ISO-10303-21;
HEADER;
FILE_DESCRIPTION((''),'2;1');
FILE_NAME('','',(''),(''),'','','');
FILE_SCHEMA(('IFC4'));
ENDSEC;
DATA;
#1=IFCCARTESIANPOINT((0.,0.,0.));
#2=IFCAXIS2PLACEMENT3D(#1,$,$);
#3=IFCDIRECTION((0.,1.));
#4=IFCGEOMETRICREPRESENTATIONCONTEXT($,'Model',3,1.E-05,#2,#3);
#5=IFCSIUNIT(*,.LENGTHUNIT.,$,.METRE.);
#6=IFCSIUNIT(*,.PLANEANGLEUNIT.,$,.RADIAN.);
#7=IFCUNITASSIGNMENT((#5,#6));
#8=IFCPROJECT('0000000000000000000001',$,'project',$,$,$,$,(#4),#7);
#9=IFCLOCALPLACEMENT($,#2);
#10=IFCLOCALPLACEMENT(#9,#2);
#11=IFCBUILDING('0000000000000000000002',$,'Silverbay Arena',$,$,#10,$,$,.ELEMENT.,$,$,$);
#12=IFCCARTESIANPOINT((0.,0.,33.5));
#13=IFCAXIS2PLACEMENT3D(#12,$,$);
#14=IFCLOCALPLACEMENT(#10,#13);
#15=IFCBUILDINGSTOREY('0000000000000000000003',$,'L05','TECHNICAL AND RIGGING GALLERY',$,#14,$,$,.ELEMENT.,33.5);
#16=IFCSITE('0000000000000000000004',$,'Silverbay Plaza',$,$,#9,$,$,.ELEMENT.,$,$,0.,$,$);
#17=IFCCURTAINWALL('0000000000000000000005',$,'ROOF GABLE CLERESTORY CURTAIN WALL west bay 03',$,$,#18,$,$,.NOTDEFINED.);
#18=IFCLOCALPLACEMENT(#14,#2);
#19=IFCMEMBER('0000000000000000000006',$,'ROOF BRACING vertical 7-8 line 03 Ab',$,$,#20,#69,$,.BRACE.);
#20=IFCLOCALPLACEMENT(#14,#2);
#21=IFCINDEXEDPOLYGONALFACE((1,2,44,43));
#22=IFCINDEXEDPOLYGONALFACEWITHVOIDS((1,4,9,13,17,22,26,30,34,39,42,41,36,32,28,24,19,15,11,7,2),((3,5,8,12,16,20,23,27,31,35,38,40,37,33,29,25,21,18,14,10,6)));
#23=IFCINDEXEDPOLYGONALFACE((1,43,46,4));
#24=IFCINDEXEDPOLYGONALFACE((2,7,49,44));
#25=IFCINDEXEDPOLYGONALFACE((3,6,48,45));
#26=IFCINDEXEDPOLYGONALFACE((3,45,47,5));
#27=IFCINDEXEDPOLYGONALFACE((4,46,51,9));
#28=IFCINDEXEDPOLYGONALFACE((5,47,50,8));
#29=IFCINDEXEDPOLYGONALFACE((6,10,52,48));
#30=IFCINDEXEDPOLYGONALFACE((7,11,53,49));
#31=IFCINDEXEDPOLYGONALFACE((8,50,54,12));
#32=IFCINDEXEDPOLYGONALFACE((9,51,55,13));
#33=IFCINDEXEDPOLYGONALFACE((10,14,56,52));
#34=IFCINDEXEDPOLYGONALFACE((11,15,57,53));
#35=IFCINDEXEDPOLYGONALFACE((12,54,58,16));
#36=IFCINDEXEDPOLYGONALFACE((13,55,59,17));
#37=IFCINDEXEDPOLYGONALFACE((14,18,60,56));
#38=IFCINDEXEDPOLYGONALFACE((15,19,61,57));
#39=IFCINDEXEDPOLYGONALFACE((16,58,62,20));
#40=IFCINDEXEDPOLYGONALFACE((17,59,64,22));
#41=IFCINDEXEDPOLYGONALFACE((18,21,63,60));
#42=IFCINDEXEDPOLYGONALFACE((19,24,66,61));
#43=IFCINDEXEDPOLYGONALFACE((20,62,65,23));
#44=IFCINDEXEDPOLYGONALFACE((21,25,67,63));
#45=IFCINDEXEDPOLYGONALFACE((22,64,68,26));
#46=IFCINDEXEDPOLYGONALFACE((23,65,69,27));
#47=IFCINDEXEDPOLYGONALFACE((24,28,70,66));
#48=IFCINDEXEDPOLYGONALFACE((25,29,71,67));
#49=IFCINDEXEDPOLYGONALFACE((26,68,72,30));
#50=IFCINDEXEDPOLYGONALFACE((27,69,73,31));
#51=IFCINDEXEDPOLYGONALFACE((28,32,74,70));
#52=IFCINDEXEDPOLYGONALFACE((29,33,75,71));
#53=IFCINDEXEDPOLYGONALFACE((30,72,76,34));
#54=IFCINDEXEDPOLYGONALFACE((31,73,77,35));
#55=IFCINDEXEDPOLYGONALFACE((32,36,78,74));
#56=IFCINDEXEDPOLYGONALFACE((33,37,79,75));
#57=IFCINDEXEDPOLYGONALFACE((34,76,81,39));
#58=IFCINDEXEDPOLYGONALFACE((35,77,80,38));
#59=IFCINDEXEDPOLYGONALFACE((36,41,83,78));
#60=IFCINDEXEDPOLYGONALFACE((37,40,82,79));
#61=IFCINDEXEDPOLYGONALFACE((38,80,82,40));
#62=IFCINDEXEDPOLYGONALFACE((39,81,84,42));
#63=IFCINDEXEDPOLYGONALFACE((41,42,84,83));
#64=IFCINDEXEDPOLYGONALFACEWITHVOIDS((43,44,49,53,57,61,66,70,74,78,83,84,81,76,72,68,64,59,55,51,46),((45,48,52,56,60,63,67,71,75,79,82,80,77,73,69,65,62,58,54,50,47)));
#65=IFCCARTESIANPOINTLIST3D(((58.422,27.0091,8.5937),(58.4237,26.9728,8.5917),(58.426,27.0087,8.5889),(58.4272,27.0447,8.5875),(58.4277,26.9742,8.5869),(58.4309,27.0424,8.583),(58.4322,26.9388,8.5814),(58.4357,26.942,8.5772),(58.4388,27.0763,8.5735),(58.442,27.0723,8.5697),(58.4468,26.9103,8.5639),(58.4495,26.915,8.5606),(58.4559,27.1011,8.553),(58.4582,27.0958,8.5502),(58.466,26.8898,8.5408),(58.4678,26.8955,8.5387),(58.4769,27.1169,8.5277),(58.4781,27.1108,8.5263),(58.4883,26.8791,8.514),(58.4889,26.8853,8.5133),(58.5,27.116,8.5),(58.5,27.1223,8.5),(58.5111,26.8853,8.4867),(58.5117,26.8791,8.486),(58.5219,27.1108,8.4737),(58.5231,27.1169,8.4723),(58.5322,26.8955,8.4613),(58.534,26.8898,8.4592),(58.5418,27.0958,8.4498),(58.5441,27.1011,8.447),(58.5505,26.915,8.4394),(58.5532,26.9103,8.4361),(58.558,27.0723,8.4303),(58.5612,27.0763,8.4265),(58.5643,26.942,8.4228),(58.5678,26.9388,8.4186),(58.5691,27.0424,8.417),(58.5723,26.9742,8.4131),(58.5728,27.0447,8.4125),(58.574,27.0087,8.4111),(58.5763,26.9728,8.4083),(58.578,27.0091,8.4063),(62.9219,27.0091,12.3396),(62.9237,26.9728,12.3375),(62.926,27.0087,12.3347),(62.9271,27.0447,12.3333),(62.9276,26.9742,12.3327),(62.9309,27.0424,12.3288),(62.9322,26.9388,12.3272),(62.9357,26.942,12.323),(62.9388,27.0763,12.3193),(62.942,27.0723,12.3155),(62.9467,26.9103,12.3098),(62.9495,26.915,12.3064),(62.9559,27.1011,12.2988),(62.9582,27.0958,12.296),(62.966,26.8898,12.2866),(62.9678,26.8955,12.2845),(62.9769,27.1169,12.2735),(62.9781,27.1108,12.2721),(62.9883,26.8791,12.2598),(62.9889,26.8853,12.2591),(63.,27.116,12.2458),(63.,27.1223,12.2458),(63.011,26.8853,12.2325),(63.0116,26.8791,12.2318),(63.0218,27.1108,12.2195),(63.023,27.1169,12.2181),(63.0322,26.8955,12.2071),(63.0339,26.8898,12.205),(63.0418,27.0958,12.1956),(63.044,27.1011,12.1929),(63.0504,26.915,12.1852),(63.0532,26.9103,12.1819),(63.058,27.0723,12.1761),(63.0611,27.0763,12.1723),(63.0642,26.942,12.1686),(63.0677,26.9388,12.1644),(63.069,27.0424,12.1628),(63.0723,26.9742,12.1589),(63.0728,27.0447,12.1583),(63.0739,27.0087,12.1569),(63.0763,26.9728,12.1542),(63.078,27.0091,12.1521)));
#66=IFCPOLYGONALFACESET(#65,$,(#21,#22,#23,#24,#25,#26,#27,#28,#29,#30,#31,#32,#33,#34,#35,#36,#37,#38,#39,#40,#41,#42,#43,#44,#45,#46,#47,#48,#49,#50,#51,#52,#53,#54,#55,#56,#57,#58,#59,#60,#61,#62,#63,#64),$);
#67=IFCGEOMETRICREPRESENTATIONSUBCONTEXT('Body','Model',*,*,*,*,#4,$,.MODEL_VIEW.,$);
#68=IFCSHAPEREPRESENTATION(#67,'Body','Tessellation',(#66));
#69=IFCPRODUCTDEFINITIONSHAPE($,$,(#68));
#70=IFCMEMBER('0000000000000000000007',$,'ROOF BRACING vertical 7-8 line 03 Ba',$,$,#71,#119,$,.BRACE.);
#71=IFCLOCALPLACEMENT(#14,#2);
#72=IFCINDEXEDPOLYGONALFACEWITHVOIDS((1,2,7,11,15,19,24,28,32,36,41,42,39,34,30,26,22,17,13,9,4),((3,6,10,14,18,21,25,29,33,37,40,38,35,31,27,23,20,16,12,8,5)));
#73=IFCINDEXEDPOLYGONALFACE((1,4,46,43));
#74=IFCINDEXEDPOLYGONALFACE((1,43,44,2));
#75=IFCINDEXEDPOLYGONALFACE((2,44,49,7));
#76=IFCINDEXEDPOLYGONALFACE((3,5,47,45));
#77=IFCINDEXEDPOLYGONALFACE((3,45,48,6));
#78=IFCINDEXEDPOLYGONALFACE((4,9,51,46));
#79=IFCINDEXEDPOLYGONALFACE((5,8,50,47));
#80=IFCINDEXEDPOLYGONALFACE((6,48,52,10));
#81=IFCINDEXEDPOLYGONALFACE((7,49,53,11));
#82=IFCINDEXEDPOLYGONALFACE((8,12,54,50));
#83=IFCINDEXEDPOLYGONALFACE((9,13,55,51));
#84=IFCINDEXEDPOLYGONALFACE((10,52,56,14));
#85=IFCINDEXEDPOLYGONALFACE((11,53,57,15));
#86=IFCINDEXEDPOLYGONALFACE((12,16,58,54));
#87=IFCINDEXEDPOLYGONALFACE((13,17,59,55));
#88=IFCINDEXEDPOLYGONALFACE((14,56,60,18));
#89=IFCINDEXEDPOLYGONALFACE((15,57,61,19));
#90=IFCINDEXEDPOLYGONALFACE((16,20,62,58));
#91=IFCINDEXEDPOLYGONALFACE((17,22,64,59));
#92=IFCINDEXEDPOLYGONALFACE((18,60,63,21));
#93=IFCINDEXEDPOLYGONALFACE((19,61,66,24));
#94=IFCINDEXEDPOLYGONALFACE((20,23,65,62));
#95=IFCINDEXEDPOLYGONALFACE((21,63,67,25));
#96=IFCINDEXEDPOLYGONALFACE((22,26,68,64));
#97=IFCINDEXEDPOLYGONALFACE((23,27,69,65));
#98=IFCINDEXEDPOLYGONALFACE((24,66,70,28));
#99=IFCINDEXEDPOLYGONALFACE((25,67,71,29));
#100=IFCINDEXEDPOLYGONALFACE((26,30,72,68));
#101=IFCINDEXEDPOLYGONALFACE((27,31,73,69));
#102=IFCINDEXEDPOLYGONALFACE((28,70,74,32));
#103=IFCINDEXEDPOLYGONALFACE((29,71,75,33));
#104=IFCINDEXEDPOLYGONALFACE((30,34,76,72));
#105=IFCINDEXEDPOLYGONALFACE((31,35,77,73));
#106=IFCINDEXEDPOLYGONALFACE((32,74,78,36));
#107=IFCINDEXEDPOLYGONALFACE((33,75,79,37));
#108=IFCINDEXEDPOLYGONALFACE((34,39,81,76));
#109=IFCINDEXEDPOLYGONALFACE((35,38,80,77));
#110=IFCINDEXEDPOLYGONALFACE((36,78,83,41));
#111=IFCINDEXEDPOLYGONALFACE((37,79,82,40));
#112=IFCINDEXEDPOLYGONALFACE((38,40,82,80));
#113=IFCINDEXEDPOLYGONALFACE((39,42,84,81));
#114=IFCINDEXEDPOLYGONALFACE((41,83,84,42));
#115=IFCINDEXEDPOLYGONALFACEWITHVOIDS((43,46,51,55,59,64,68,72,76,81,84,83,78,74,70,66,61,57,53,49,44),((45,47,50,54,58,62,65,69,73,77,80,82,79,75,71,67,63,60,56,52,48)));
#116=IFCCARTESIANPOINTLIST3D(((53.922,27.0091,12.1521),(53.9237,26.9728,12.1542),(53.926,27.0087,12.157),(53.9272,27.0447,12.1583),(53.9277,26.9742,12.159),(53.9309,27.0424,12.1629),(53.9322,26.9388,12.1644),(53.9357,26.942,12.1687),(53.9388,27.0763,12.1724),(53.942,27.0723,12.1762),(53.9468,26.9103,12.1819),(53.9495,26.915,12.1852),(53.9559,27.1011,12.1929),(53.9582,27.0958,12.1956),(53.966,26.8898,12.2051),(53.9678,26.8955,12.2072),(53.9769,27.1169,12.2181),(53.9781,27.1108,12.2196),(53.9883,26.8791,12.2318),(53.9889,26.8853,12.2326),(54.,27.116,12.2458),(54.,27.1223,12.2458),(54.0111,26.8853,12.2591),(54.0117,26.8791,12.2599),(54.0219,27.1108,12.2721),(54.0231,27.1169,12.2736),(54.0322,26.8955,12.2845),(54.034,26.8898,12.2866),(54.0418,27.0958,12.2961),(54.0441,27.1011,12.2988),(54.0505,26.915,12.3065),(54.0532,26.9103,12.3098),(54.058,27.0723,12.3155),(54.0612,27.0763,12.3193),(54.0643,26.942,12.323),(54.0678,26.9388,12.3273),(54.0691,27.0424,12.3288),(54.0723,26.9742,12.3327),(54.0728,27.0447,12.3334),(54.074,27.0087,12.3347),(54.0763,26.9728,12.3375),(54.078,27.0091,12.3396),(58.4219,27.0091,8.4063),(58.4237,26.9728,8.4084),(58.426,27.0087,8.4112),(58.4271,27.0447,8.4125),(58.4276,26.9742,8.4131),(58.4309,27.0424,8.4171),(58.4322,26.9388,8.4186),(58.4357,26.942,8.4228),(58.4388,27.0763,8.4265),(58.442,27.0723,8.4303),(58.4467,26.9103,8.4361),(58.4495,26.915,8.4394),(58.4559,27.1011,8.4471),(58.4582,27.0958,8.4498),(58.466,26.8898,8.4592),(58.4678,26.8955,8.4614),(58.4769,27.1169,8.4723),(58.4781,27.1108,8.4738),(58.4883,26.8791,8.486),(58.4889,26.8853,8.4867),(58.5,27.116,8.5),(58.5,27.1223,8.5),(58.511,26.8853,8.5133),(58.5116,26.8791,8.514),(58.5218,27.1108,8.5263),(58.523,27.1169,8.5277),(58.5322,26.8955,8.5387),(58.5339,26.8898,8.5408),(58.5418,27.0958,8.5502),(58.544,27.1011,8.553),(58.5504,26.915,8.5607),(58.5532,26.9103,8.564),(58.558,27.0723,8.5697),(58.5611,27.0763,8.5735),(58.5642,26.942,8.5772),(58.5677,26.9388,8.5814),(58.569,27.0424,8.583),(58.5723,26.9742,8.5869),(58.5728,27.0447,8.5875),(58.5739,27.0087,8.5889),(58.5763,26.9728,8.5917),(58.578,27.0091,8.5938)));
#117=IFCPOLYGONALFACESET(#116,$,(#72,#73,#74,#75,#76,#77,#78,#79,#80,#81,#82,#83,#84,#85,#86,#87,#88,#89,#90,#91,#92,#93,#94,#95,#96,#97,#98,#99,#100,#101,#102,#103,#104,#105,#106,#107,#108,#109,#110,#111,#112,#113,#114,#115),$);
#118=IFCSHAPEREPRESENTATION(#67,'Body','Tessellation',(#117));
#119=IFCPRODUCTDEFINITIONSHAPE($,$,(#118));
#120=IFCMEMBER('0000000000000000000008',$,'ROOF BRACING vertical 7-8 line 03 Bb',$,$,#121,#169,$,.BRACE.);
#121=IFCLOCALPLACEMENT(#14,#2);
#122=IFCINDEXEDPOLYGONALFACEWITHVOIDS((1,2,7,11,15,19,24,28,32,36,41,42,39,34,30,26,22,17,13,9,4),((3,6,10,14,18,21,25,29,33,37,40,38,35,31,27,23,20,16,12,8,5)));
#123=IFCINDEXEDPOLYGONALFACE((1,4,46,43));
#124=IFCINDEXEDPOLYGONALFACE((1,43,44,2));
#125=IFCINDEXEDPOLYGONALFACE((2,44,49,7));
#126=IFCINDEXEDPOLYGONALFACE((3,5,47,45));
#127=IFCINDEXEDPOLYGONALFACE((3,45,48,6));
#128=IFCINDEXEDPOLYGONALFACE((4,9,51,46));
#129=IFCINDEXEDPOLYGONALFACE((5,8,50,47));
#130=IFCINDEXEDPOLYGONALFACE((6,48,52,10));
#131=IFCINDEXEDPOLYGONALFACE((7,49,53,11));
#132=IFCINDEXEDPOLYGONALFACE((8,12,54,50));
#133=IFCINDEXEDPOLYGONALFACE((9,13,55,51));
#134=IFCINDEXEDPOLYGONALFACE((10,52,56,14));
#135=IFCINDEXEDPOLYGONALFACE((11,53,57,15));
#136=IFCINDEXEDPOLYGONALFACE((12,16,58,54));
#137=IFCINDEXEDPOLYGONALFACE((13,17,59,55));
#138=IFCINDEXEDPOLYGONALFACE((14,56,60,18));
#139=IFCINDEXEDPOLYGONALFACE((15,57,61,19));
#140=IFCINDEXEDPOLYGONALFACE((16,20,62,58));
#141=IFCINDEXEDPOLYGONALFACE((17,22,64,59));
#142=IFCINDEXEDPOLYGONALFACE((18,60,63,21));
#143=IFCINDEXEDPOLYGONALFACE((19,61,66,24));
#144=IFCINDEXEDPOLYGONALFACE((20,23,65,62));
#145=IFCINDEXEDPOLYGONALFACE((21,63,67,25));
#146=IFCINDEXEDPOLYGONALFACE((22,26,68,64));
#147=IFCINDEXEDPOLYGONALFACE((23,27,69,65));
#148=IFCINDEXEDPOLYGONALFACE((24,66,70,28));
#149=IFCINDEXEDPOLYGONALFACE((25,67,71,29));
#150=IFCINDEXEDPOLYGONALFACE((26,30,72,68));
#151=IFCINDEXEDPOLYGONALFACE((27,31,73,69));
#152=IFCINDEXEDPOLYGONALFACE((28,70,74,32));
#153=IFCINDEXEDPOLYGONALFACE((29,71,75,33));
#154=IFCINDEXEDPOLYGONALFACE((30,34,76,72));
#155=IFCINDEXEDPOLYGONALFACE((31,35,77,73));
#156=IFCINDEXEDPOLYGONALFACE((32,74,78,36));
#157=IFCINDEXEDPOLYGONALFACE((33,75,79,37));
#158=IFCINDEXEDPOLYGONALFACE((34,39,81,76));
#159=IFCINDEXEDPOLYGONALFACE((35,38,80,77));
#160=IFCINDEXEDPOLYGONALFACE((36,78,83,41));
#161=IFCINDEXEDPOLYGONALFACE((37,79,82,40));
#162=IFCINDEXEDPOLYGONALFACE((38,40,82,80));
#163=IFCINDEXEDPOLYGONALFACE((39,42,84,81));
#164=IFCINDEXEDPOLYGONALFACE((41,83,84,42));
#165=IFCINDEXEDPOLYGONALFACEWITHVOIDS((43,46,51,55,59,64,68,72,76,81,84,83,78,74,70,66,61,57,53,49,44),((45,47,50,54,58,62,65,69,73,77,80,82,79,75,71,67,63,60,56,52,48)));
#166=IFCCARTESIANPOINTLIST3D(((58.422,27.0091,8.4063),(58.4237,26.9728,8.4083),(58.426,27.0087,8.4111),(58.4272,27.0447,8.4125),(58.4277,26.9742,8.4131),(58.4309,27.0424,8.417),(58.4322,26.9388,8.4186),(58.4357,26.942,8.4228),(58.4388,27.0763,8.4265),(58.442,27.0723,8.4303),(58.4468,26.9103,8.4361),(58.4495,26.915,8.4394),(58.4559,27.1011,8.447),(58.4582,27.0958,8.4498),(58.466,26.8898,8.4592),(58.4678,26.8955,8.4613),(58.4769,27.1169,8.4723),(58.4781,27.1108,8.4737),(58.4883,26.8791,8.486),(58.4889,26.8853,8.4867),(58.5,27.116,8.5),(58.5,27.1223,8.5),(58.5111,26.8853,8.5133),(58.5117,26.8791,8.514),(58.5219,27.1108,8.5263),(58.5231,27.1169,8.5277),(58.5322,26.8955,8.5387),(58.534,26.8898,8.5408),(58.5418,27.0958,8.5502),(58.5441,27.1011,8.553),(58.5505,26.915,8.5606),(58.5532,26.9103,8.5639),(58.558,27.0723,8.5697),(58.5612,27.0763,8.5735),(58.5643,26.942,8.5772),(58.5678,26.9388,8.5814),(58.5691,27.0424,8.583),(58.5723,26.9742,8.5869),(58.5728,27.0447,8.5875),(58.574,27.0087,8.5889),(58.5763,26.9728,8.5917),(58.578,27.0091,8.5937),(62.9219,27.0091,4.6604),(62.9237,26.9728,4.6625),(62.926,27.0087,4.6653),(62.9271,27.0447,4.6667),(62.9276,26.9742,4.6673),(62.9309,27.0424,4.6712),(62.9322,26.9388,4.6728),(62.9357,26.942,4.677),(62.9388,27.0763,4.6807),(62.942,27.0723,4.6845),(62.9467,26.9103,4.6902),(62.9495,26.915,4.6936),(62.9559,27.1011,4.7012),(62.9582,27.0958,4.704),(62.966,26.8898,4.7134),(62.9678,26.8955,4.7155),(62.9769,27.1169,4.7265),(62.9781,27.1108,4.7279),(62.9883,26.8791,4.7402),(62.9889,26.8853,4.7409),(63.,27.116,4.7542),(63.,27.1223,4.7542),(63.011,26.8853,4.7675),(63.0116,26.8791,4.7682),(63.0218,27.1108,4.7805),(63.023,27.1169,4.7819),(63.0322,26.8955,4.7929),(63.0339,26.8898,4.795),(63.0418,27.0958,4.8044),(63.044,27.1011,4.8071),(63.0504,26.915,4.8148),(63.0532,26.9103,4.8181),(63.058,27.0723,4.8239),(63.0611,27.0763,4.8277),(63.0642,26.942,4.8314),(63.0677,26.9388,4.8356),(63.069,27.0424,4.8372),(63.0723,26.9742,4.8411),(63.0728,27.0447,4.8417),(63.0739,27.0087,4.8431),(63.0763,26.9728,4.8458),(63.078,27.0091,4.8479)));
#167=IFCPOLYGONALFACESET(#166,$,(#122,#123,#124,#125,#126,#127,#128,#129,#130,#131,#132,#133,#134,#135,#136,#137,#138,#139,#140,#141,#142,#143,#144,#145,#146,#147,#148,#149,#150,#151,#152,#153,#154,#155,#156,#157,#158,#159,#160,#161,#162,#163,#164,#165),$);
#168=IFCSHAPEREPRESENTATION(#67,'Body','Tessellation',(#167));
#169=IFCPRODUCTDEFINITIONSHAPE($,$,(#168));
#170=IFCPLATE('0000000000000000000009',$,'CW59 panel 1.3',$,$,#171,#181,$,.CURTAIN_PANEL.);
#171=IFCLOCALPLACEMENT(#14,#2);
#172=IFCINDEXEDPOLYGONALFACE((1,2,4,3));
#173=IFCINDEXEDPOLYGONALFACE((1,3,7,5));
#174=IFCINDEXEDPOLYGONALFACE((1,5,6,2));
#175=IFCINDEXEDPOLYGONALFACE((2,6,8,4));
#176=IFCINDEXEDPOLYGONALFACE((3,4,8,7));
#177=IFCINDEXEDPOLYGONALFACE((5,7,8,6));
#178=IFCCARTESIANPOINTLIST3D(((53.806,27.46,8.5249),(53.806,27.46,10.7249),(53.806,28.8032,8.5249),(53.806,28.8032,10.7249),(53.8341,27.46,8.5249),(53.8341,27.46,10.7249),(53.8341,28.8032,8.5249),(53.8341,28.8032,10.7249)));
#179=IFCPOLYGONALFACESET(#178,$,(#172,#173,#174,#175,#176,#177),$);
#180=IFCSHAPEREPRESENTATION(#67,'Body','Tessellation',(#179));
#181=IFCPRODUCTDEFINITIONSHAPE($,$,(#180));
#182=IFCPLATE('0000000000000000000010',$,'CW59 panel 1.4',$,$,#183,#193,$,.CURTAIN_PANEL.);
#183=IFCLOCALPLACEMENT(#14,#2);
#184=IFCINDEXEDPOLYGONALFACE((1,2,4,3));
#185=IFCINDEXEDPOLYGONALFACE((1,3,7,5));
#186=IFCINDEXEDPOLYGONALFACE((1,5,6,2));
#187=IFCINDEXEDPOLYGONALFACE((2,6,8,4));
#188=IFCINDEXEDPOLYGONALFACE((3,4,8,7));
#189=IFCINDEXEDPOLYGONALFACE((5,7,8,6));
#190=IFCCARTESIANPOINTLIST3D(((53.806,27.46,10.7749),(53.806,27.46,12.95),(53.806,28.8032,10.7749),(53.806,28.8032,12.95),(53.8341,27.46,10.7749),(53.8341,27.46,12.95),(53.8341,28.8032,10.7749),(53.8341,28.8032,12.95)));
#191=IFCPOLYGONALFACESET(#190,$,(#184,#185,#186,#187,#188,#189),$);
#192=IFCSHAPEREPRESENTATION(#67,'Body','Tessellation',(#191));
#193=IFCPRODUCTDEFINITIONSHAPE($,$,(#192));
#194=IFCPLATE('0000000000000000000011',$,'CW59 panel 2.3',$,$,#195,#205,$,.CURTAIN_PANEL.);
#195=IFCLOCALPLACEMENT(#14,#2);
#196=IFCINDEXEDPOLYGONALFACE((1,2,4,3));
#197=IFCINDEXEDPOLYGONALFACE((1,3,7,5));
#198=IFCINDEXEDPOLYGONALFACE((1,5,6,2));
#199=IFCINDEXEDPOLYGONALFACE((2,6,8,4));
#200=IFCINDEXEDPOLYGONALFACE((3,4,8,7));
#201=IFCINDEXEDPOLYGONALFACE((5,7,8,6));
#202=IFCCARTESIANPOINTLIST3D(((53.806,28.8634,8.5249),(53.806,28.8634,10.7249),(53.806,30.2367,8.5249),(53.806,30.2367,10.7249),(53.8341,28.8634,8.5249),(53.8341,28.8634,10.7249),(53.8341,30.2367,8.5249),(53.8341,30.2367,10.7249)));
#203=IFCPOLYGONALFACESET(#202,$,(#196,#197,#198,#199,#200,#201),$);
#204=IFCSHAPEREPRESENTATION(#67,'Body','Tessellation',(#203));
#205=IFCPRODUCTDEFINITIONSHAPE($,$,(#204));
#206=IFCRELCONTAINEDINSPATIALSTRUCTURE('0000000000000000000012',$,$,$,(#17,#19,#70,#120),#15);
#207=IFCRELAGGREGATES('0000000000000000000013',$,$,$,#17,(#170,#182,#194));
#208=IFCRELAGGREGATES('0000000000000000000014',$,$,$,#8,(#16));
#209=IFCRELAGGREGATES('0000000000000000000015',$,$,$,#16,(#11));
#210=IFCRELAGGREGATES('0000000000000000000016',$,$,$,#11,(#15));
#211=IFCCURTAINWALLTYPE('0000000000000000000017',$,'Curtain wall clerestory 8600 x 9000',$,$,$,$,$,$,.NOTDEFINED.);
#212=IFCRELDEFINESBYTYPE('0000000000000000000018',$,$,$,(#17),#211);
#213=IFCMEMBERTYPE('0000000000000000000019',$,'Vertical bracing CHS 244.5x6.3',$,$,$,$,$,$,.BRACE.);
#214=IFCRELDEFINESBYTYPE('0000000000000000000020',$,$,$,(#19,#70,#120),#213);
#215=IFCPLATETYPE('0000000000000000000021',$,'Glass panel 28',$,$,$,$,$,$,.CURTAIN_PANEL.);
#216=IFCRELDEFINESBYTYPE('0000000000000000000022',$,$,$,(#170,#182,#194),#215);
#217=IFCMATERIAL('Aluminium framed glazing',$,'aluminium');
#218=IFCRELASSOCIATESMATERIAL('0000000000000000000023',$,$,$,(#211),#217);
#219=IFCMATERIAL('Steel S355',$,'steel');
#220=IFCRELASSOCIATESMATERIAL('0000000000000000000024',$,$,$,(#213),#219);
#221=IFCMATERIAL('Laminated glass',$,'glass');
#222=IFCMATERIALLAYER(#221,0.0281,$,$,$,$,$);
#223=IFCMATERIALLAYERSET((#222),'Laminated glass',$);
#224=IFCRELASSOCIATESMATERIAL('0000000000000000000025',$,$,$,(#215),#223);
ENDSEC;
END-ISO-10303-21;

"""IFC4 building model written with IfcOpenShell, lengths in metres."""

from ifc_helpers import new_model, si_unit, direction, frame, origin, origin_2d, place, context, subcontext, project, spatial, rectangle, hollow_circle, extrude, material, layer, layer_set, material_profile, profile_set, type_object, element, aggregate, save


model = new_model("IFC4")

# Units and contexts
model_context = context("Model", 3, precision=1e-05, world=origin(), true_north=direction((0.0, 1.0)))
body_context = subcontext(model_context, "Body", "Model", "MODEL_VIEW")
ifc_project = project(units=[si_unit("LENGTHUNIT", "METRE"), si_unit("PLANEANGLEUNIT", "RADIAN")], contexts=[model_context])

# Site, building, storey
site_placement = place(None, origin())
site = spatial("IfcSite", under=ifc_project, at=site_placement, Name="Silverbay Plaza", CompositionType="ELEMENT", RefElevation=0.0)
building_placement = place(site_placement, origin())
building = spatial("IfcBuilding", under=site, at=building_placement, Name="Silverbay Arena", CompositionType="ELEMENT")
storey_placement = place(building_placement, frame((0.0, 0.0, 33.5)))
storey = spatial("IfcBuildingStorey", under=building, at=storey_placement, Name="L05", Description="TECHNICAL AND RIGGING GALLERY", CompositionType="ELEMENT", Elevation=33.5)

# Curtain wall
ifc_material_1 = material(Name="Aluminium framed glazing", Category="aluminium")
curtain_wall_type = type_object("IfcCurtainWallType", Name="Curtain wall clerestory 8600 x 9000", PredefinedType="NOTDEFINED", material=ifc_material_1)
curtain_wall_placement = place(storey_placement, origin())
curtain_wall = element("IfcCurtainWall", 1, at=curtain_wall_placement, inside=storey, type_object=curtain_wall_type, Name="ROOF GABLE CLERESTORY CURTAIN WALL west bay 03", PredefinedType="NOTDEFINED")

# Members
ifc_material_2 = material(Name="Steel S355", Category="steel")
ifc_material_profile_1 = material_profile(ifc_material_2, hollow_circle(Radius=0.1223, WallThickness=0.0063, at=origin_2d()), Name="CHS 244.5x6.3")
ifc_profile_set_1 = profile_set([ifc_material_profile_1], Name="Steel S355")
member_type_1 = type_object("IfcMemberType", Name="Vertical bracing CHS 244.5x6.3", PredefinedType="BRACE", material=ifc_profile_set_1)
for number, where, z_axis, x_axis, name in (
    (2, (58.5, 27.0, 8.5), (0.76857, 0.0, 0.639766), (0.0, 1.0, 0.0), "ROOF BRACING vertical 7-8 line 03 Ab"),
    (3, (54.0, 27.0, 12.2458), (0.76857, 0.0, -0.639766), (0.0, 1.0, 0.0), "ROOF BRACING vertical 7-8 line 03 Ba"),
    (4, (58.5, 27.0, 8.5), (0.76857, 0.0, -0.639766), (0.0, 1.0, 0.0), "ROOF BRACING vertical 7-8 line 03 Bb"),
):
    element("IfcMember", number, at=place(storey_placement, frame(where, z_axis=z_axis, x_axis=x_axis)), inside=storey, type_object=member_type_1, Name=name, PredefinedType="BRACE", context=body_context, shape_type="SweptSolid", body=[
        extrude(hollow_circle(Radius=0.1223, WallThickness=0.0063, at=origin_2d()), origin(), (0.0, 0.0, 1.0), 5.855),
    ])

# Plates
ifc_material_3 = material(Name="Laminated glass", Category="glass")
ifc_layer = layer(ifc_material_3, 0.0281)
ifc_layer_set = layer_set([ifc_layer], Name="Laminated glass")
plate_type = type_object("IfcPlateType", Name="Glass panel 28", PredefinedType="CURTAIN_PANEL", material=ifc_layer_set)
plate_1_placement = place(storey_placement, frame((53.8201, 28.1316, 8.5249), z_axis=(0.0, 0.0, 1.0), x_axis=(0.0, 1.0, 0.0)))
plate_1 = element("IfcPlate", 5, at=plate_1_placement, type_object=plate_type, Name="CW59 panel 1.3", PredefinedType="CURTAIN_PANEL", context=body_context, shape_type="SweptSolid", body=[
    extrude(rectangle(XDim=1.3433, YDim=0.0281, at=origin_2d()), origin(), (0.0, 0.0, 1.0), 2.2),
])
plate_2_placement = place(storey_placement, frame((53.8201, 28.1316, 10.7749), z_axis=(0.0, 0.0, 1.0), x_axis=(0.0, 1.0, 0.0)))
plate_2 = element("IfcPlate", 6, at=plate_2_placement, type_object=plate_type, Name="CW59 panel 1.4", PredefinedType="CURTAIN_PANEL", context=body_context, shape_type="SweptSolid", body=[
    extrude(rectangle(XDim=1.3433, YDim=0.0281, at=origin_2d()), origin(), (0.0, 0.0, 1.0), 2.175),
])
plate_3_placement = place(storey_placement, frame((53.8201, 29.55, 8.5249), z_axis=(0.0, 0.0, 1.0), x_axis=(0.0, 1.0, 0.0)))
plate_3 = element("IfcPlate", 7, at=plate_3_placement, type_object=plate_type, Name="CW59 panel 2.3", PredefinedType="CURTAIN_PANEL", context=body_context, shape_type="SweptSolid", body=[
    extrude(rectangle(XDim=1.3733, YDim=0.0281, at=origin_2d()), origin(), (0.0, 0.0, 1.0), 2.2),
])
aggregate(curtain_wall, [plate_1, plate_2, plate_3])

save(model, "model.ifc")
